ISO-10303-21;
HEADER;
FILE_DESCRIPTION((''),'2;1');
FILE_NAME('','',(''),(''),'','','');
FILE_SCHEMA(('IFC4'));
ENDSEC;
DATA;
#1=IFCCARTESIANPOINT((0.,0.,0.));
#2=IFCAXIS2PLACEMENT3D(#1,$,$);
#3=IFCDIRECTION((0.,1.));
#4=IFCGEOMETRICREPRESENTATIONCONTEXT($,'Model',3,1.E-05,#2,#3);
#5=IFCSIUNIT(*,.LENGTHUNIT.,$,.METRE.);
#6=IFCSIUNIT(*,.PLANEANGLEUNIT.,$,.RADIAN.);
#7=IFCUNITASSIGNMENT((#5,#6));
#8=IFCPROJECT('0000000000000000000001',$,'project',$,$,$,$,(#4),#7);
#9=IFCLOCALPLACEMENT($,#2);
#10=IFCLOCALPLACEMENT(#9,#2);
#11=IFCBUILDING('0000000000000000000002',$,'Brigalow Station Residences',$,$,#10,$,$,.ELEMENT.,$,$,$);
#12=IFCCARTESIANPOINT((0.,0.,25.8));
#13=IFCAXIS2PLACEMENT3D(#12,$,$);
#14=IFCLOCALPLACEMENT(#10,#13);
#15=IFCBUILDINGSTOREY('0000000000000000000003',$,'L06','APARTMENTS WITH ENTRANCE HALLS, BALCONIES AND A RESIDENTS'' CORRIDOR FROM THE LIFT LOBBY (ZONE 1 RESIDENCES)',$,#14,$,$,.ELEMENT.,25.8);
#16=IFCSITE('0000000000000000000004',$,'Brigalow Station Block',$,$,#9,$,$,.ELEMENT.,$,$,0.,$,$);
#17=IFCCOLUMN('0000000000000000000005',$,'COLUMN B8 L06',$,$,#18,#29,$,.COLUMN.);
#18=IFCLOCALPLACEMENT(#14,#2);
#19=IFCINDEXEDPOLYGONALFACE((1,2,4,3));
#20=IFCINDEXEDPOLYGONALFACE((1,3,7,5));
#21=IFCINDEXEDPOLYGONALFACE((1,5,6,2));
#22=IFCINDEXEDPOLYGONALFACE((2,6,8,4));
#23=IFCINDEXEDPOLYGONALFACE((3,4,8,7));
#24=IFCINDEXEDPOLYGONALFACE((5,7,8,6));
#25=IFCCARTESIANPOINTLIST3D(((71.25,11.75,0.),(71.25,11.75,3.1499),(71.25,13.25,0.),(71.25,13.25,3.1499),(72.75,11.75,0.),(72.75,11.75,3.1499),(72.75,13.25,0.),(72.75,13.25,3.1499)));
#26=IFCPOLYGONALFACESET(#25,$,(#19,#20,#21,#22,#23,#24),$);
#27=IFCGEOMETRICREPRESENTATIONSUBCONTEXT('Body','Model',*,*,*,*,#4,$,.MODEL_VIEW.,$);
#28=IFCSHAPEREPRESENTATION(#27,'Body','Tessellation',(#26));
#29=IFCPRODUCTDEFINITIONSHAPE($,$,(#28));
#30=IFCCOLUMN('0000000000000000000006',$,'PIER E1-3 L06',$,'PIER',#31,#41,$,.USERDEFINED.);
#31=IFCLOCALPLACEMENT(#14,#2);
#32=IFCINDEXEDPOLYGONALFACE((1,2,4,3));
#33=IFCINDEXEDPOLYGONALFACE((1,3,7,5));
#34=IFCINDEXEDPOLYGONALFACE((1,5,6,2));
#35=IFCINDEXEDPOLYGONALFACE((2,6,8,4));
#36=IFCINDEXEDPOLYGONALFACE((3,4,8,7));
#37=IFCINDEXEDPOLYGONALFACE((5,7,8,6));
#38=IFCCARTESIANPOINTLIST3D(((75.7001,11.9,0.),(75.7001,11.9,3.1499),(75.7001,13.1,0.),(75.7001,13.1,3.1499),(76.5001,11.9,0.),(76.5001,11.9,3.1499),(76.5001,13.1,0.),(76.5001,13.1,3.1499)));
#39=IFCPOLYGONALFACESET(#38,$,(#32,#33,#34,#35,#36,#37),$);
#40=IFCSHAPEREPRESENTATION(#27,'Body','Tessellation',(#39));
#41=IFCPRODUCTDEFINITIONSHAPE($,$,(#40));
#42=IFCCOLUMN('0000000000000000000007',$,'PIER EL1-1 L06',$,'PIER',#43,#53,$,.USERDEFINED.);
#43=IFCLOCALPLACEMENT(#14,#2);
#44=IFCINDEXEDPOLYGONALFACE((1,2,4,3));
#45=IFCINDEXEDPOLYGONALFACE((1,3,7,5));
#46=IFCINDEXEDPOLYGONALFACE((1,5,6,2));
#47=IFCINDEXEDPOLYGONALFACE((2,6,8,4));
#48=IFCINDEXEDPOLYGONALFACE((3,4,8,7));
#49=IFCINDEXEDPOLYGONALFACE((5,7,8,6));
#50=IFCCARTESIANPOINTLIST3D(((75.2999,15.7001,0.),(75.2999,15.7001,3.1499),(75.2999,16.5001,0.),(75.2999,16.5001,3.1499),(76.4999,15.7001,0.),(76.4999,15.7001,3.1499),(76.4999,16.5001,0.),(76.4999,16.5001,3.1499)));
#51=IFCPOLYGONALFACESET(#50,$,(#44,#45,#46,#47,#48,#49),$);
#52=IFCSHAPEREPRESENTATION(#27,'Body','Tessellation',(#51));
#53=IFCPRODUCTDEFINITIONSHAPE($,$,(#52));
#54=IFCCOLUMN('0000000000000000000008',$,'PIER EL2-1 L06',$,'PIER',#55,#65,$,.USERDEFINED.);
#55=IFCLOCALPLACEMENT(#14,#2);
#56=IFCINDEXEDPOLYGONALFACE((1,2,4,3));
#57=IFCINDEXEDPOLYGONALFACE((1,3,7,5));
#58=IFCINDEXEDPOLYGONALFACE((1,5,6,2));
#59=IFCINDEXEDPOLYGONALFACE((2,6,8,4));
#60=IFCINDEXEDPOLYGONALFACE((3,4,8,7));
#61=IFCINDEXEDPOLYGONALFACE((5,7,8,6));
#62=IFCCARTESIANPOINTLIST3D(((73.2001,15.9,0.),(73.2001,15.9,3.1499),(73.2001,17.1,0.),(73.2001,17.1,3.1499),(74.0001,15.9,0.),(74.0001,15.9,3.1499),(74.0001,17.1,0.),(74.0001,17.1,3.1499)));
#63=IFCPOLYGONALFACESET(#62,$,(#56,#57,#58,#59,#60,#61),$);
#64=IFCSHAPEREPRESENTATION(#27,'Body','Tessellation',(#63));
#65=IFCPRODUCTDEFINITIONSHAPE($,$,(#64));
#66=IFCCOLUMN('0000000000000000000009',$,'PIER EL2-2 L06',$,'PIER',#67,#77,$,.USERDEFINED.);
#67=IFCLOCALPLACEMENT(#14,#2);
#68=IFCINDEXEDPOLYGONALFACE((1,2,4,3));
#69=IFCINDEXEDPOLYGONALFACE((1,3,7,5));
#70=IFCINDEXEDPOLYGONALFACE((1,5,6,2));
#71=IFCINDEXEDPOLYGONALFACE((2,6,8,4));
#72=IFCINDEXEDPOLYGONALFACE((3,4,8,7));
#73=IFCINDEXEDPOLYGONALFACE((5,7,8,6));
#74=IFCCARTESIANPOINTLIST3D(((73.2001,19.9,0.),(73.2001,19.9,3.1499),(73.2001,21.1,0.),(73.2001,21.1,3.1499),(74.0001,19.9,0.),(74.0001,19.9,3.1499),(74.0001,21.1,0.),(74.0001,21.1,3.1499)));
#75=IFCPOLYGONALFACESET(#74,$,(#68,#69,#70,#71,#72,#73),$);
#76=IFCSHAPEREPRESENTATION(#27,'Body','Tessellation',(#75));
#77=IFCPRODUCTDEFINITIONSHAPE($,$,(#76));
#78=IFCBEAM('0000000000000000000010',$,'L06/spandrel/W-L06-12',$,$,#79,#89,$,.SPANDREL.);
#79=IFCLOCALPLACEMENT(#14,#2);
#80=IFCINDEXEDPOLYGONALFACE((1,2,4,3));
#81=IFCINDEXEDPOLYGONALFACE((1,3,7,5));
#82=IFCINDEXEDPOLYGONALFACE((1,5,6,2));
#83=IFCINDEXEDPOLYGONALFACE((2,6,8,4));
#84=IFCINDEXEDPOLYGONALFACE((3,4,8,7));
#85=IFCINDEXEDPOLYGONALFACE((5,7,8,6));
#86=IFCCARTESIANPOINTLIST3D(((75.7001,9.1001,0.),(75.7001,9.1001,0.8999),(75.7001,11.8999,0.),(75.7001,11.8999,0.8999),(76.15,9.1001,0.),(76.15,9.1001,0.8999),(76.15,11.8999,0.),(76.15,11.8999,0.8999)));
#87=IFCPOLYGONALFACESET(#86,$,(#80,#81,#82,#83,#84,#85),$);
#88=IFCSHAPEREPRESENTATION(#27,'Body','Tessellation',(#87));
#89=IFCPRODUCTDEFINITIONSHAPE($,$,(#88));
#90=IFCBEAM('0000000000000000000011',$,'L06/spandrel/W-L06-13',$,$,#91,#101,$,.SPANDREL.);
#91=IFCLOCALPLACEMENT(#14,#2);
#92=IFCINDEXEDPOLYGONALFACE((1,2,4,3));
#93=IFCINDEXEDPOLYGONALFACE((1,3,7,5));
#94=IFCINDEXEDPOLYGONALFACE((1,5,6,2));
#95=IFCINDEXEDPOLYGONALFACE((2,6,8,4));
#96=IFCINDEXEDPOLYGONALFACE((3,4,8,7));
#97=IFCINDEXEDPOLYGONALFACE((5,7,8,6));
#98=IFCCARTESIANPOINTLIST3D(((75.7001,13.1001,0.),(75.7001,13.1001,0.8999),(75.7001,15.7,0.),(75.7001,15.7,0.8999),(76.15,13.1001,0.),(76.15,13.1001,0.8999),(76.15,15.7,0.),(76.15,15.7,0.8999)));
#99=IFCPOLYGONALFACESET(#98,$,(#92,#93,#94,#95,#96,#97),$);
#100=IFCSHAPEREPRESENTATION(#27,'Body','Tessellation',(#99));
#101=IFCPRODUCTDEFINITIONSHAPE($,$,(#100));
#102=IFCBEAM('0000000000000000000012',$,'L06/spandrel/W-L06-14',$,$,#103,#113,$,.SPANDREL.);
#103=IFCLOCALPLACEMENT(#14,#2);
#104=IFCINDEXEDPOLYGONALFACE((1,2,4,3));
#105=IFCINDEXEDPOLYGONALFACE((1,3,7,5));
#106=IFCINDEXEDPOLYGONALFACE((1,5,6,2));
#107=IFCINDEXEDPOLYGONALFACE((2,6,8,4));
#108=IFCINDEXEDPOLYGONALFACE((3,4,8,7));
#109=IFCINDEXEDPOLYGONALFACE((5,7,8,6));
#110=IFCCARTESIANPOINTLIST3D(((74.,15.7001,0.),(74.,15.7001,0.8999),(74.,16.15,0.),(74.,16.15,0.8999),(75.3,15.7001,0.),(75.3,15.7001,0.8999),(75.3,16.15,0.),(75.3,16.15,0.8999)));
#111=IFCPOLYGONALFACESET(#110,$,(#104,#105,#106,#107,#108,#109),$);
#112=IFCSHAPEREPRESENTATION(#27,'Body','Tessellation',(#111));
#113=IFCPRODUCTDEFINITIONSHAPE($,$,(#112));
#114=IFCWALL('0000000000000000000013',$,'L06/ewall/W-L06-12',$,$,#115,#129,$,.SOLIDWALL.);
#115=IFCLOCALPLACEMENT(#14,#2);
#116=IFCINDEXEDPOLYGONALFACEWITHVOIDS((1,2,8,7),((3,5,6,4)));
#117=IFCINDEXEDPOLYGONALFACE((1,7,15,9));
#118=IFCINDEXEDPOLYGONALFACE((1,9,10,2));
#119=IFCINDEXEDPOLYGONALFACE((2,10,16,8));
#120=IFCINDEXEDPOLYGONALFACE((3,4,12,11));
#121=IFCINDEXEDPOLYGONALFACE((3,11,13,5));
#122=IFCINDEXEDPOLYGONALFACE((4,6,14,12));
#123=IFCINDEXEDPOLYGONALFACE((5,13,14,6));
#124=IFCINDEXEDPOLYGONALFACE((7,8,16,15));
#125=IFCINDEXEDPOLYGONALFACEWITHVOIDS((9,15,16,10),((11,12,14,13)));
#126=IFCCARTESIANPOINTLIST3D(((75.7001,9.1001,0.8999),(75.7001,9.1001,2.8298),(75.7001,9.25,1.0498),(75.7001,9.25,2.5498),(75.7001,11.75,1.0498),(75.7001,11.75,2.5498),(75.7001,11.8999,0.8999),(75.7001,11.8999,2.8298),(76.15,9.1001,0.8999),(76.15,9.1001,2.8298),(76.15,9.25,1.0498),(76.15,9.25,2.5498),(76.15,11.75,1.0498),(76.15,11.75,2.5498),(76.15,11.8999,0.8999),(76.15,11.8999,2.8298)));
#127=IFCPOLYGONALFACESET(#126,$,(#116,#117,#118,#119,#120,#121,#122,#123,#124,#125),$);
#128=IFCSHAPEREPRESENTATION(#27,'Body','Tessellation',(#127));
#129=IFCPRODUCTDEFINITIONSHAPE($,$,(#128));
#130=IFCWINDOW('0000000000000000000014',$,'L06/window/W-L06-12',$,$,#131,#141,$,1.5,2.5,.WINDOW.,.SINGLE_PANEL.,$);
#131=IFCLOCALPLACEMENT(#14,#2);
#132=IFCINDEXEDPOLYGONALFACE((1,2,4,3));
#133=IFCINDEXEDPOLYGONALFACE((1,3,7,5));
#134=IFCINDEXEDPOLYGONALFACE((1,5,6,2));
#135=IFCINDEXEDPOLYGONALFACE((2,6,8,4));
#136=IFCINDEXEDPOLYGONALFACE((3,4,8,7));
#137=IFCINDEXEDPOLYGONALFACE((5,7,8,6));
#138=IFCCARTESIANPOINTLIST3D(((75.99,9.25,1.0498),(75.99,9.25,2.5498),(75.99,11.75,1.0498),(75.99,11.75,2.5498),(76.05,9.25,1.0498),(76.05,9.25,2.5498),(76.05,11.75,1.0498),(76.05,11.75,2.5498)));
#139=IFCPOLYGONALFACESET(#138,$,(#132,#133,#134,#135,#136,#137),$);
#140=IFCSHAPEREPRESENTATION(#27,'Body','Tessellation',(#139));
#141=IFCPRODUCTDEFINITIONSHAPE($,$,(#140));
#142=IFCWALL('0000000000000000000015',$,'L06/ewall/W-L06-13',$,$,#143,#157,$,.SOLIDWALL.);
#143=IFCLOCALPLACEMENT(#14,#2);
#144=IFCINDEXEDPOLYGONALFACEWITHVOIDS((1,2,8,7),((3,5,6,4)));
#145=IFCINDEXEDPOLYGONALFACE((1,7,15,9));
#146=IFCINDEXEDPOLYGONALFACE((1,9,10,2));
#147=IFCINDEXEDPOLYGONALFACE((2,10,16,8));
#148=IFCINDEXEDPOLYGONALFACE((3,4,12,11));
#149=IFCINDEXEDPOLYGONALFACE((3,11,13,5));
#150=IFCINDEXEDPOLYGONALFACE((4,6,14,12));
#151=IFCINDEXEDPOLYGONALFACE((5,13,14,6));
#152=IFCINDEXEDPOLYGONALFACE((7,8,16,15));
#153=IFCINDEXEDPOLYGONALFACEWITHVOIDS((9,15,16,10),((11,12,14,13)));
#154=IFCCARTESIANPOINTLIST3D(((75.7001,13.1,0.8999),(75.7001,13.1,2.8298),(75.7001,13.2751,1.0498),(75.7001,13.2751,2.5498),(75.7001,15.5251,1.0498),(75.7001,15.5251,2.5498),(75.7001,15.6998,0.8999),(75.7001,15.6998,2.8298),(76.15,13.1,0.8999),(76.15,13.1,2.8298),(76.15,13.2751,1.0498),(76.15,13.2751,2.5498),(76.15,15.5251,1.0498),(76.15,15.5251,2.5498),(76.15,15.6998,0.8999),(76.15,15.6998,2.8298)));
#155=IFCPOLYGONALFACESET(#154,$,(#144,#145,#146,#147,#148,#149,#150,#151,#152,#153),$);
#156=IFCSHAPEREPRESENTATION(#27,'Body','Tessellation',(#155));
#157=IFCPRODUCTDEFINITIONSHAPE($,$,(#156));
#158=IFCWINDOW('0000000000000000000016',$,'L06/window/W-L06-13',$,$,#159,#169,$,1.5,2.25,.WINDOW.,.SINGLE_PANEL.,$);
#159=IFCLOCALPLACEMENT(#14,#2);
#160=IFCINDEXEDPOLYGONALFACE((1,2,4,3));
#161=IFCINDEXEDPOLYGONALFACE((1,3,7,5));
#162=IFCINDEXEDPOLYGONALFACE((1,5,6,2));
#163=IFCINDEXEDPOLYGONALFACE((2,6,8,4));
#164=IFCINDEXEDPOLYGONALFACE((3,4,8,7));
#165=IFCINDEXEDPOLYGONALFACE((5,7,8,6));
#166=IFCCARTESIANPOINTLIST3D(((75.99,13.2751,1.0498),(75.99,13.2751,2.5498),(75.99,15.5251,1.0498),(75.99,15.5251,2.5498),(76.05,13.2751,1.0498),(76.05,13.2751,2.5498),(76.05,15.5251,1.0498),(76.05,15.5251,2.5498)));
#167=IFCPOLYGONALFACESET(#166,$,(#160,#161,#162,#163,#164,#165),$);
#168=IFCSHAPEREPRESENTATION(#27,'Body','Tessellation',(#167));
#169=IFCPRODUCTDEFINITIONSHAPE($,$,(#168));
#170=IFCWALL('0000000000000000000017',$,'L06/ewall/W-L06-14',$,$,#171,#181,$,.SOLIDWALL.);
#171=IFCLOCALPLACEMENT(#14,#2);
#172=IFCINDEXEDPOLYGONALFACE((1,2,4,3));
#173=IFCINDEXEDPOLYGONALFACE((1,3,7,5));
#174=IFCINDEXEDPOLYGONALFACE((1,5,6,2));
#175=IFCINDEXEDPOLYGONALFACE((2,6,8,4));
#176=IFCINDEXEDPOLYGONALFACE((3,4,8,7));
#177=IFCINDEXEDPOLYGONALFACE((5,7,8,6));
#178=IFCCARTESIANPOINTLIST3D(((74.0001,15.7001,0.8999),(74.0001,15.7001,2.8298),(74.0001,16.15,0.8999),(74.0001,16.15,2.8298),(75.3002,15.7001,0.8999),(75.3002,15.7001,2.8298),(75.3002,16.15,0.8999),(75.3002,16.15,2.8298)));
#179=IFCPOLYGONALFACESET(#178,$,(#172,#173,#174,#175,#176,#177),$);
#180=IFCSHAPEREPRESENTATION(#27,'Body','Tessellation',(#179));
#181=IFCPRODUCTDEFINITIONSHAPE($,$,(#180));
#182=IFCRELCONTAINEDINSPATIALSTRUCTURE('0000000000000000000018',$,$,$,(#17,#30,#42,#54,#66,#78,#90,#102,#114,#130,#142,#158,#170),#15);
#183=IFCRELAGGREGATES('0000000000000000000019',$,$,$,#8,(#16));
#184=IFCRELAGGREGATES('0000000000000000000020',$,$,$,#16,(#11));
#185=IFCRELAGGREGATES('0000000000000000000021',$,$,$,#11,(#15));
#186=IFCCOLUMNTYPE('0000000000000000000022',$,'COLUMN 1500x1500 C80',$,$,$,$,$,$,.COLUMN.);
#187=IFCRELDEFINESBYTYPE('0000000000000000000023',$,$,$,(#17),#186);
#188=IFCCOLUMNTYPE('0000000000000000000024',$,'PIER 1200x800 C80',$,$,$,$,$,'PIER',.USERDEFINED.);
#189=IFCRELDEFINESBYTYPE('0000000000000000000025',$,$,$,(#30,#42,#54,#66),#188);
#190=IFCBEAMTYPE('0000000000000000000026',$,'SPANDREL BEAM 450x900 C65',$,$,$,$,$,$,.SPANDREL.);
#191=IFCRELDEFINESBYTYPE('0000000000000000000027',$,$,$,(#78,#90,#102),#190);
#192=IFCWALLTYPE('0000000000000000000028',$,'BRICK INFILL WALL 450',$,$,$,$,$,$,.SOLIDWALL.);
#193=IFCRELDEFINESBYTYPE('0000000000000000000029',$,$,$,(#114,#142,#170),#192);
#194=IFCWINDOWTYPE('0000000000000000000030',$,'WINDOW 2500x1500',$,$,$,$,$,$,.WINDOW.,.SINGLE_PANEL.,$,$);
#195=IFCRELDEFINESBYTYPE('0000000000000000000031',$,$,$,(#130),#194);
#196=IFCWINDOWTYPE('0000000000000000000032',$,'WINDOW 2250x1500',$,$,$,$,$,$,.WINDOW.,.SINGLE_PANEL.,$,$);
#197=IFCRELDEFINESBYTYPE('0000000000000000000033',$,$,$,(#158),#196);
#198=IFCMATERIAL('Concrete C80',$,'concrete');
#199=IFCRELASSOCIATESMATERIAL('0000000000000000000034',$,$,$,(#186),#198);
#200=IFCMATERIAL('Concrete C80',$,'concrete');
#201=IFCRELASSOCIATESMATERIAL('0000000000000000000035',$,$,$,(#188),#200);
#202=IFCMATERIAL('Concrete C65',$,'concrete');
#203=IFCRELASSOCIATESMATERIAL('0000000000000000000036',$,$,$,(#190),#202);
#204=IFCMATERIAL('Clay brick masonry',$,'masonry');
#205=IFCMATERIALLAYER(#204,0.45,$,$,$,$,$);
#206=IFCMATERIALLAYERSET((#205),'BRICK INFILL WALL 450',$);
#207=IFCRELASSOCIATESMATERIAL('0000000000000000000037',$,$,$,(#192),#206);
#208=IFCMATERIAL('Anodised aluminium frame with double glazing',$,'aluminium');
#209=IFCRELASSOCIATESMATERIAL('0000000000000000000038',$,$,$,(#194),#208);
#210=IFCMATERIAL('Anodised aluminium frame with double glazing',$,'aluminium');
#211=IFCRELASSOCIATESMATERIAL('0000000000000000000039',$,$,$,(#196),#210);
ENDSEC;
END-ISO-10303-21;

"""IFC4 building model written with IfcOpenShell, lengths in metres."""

from ifc_helpers import new_model, si_unit, direction, frame, frame_2d, origin, origin_2d, place, context, subcontext, project, spatial, rectangle, extrude, material, layer, layer_set, material_profile, profile_set, type_object, element, fill, save


model = new_model("IFC4")

# Units and contexts
model_context = context("Model", 3, precision=1e-05, world=origin(), true_north=direction((0.0, 1.0)))
body_context = subcontext(model_context, "Body", "Model", "MODEL_VIEW")
ifc_project = project(units=[si_unit("LENGTHUNIT", "METRE"), si_unit("PLANEANGLEUNIT", "RADIAN")], contexts=[model_context])

# Site, building, storey
site_placement = place(None, origin())
site = spatial("IfcSite", under=ifc_project, at=site_placement, Name="Brigalow Station Block", CompositionType="ELEMENT", RefElevation=0.0)
building_placement = place(site_placement, origin())
building = spatial("IfcBuilding", under=site, at=building_placement, Name="Brigalow Station Residences", CompositionType="ELEMENT")
storey_placement = place(building_placement, frame((0.0, 0.0, 25.8)))
storey = spatial("IfcBuildingStorey", under=building, at=storey_placement, Name="L06", Description="APARTMENTS WITH ENTRANCE HALLS, BALCONIES AND A RESIDENTS' CORRIDOR FROM THE LIFT LOBBY (ZONE 1 RESIDENCES)", CompositionType="ELEMENT", Elevation=25.8)

# Columns
ifc_material_1 = material(Name="Concrete C80", Category="concrete")
ifc_material_profile_1 = material_profile(ifc_material_1, rectangle(XDim=1.5, YDim=1.5, at=origin_2d()), Name="RC1500x1500")
ifc_profile_set_1 = profile_set([ifc_material_profile_1], Name="Concrete C80")
column_type_1 = type_object("IfcColumnType", Name="COLUMN 1500x1500 C80", PredefinedType="COLUMN", material=ifc_profile_set_1)
column_placement = place(storey_placement, frame((72.0, 12.5, 0.0), z_axis=(0.0, 0.0, 1.0), x_axis=(1.0, 0.0, 0.0)))
element("IfcColumn", 1, at=column_placement, inside=storey, type_object=column_type_1, Name="COLUMN B8 L06", PredefinedType="COLUMN", context=body_context, shape_type="SweptSolid", body=[
    extrude(rectangle(XDim=1.5, YDim=1.5, at=origin_2d()), origin(), (0.0, 0.0, 1.0), 3.1499),
])
ifc_material_2 = material(Name="Concrete C80", Category="concrete")
ifc_material_profile_2 = material_profile(ifc_material_2, rectangle(XDim=1.2, YDim=0.8, at=origin_2d()), Name="RC1200x800")
ifc_profile_set_2 = profile_set([ifc_material_profile_2], Name="Concrete C80")
column_type_2 = type_object("IfcColumnType", Name="PIER 1200x800 C80", ElementType="PIER", PredefinedType="USERDEFINED", material=ifc_profile_set_2)
for number, where, z_axis, x_axis, name in (
    (2, (76.1001, 12.5, 0.0), (0.0, 0.0, 1.0), (0.0, 1.0, 0.0), "PIER E1-3 L06"),
    (3, (75.8999, 16.1001, 0.0), (0.0, 0.0, 1.0), (-1.0, 0.0, 0.0), "PIER EL1-1 L06"),
    (4, (73.6001, 16.5, 0.0), (0.0, 0.0, 1.0), (0.0, 1.0, 0.0), "PIER EL2-1 L06"),
    (5, (73.6001, 20.5, 0.0), (0.0, 0.0, 1.0), (0.0, 1.0, 0.0), "PIER EL2-2 L06"),
):
    element("IfcColumn", number, at=place(storey_placement, frame(where, z_axis=z_axis, x_axis=x_axis)), inside=storey, type_object=column_type_2, Name=name, ObjectType="PIER", PredefinedType="USERDEFINED", context=body_context, shape_type="SweptSolid", body=[
        extrude(rectangle(XDim=1.2, YDim=0.8, at=origin_2d()), origin(), (0.0, 0.0, 1.0), 3.1499),
    ])

# Beams
ifc_material_3 = material(Name="Concrete C65", Category="concrete")
ifc_material_profile_3 = material_profile(ifc_material_3, rectangle(XDim=0.45, YDim=0.8999, at=origin_2d()), Name="RC450x900")
ifc_profile_set_3 = profile_set([ifc_material_profile_3], Name="Concrete C65")
beam_type = type_object("IfcBeamType", Name="SPANDREL BEAM 450x900 C65", PredefinedType="SPANDREL", material=ifc_profile_set_3)
beam_1_placement = place(storey_placement, frame((75.925, 9.1001, 0.45), z_axis=(0.0, 1.0, 0.0), x_axis=(-1.0, 0.0, 0.0)))
element("IfcBeam", 6, at=beam_1_placement, inside=storey, type_object=beam_type, Name="L06/spandrel/W-L06-12", PredefinedType="SPANDREL", context=body_context, shape_type="SweptSolid", body=[
    extrude(rectangle(XDim=0.45, YDim=0.8999, at=origin_2d()), origin(), (0.0, 0.0, 1.0), 2.7998),
])
beam_2_placement = place(storey_placement, frame((75.925, 13.1001, 0.45), z_axis=(0.0, 1.0, 0.0), x_axis=(-1.0, 0.0, 0.0)))
element("IfcBeam", 7, at=beam_2_placement, inside=storey, type_object=beam_type, Name="L06/spandrel/W-L06-13", PredefinedType="SPANDREL", context=body_context, shape_type="SweptSolid", body=[
    extrude(rectangle(XDim=0.45, YDim=0.8999, at=origin_2d()), origin(), (0.0, 0.0, 1.0), 2.5999),
])
beam_3_placement = place(storey_placement, frame((75.3, 15.925, 0.45), z_axis=(-1.0, 0.0, 0.0), x_axis=(0.0, -1.0, 0.0)))
element("IfcBeam", 8, at=beam_3_placement, inside=storey, type_object=beam_type, Name="L06/spandrel/W-L06-14", PredefinedType="SPANDREL", context=body_context, shape_type="SweptSolid", body=[
    extrude(rectangle(XDim=0.45, YDim=0.8999, at=origin_2d()), origin(), (0.0, 0.0, 1.0), 1.3),
])

# Walls, openings, windows
ifc_material_4 = material(Name="Clay brick masonry", Category="masonry")
ifc_layer = layer(ifc_material_4, 0.45)
ifc_layer_set = layer_set([ifc_layer], Name="BRICK INFILL WALL 450")
wall_type = type_object("IfcWallType", Name="BRICK INFILL WALL 450", PredefinedType="SOLIDWALL", material=ifc_layer_set)
wall_1_placement = place(storey_placement, frame((75.925, 9.1001, 0.8999), z_axis=(0.0, 0.0, 1.0), x_axis=(0.0, 1.0, 0.0)))
wall_1 = element("IfcWall", 9, at=wall_1_placement, inside=storey, type_object=wall_type, Name="L06/ewall/W-L06-12", PredefinedType="SOLIDWALL", context=body_context, shape_type="SweptSolid", body=[
    extrude(rectangle(XDim=2.7998, YDim=0.45, at=frame_2d((1.3999, 0.0))), origin(), (0.0, 0.0, 1.0), 1.9299),
])
opening_1_placement = place(wall_1_placement, frame((0.1499, 0.0, 0.1499)))
opening_1 = element("IfcOpeningElement", 10, at=opening_1_placement, cuts=wall_1, PredefinedType="OPENING", context=body_context, shape_type="SweptSolid", body=[
    extrude(rectangle(XDim=2.5, YDim=1.5, at=frame_2d((1.25, 0.75))), frame((0.0, 0.2349, 0.0), z_axis=(0.0, -1.0, 0.0), x_axis=(1.0, 0.0, 0.0)), (0.0, 0.0, 1.0), 0.47),
])
ifc_material_5 = material(Name="Anodised aluminium frame with double glazing", Category="aluminium")
window_type_1 = type_object("IfcWindowType", Name="WINDOW 2500x1500", PartitioningType="SINGLE_PANEL", PredefinedType="WINDOW", material=ifc_material_5)
window_1_placement = place(opening_1_placement, origin())
window_1 = element("IfcWindow", 11, at=window_1_placement, inside=storey, type_object=window_type_1, Name="L06/window/W-L06-12", OverallHeight=1.5, OverallWidth=2.5, PartitioningType="SINGLE_PANEL", PredefinedType="WINDOW", context=body_context, shape_type="SweptSolid", body=[
    extrude(rectangle(XDim=2.5, YDim=1.5, at=frame_2d((1.25, 0.75))), frame((0.0, -0.0649, 0.0), z_axis=(0.0, -1.0, 0.0), x_axis=(1.0, 0.0, 0.0)), (0.0, 0.0, 1.0), 0.0601),
])
fill(opening_1, window_1)
wall_2_placement = place(storey_placement, frame((75.925, 13.1001, 0.8999), z_axis=(0.0, 0.0, 1.0), x_axis=(0.0, 1.0, 0.0)))
wall_2 = element("IfcWall", 12, at=wall_2_placement, inside=storey, type_object=wall_type, Name="L06/ewall/W-L06-13", PredefinedType="SOLIDWALL", context=body_context, shape_type="SweptSolid", body=[
    extrude(rectangle(XDim=2.5999, YDim=0.45, at=frame_2d((1.2998, 0.0))), origin(), (0.0, 0.0, 1.0), 1.9299),
])
opening_2_placement = place(wall_2_placement, frame((0.175, 0.0, 0.1499)))
opening_2 = element("IfcOpeningElement", 13, at=opening_2_placement, cuts=wall_2, PredefinedType="OPENING", context=body_context, shape_type="SweptSolid", body=[
    extrude(rectangle(XDim=2.25, YDim=1.5, at=frame_2d((1.125, 0.75))), frame((0.0, 0.2349, 0.0), z_axis=(0.0, -1.0, 0.0), x_axis=(1.0, 0.0, 0.0)), (0.0, 0.0, 1.0), 0.47),
])
ifc_material_6 = material(Name="Anodised aluminium frame with double glazing", Category="aluminium")
window_type_2 = type_object("IfcWindowType", Name="WINDOW 2250x1500", PartitioningType="SINGLE_PANEL", PredefinedType="WINDOW", material=ifc_material_6)
window_2_placement = place(opening_2_placement, origin())
window_2 = element("IfcWindow", 14, at=window_2_placement, inside=storey, type_object=window_type_2, Name="L06/window/W-L06-13", OverallHeight=1.5, OverallWidth=2.25, PartitioningType="SINGLE_PANEL", PredefinedType="WINDOW", context=body_context, shape_type="SweptSolid", body=[
    extrude(rectangle(XDim=2.25, YDim=1.5, at=frame_2d((1.125, 0.75))), frame((0.0, -0.0649, 0.0), z_axis=(0.0, -1.0, 0.0), x_axis=(1.0, 0.0, 0.0)), (0.0, 0.0, 1.0), 0.0601),
])
fill(opening_2, window_2)

# Wall
wall_3_placement = place(storey_placement, frame((75.3, 15.925, 0.8999), z_axis=(0.0, 0.0, 1.0), x_axis=(-1.0, 0.0, 0.0)))
element("IfcWall", 15, at=wall_3_placement, inside=storey, type_object=wall_type, Name="L06/ewall/W-L06-14", PredefinedType="SOLIDWALL", context=body_context, shape_type="SweptSolid", body=[
    extrude(rectangle(XDim=1.3, YDim=0.45, at=frame_2d((0.6499, 0.0))), origin(), (0.0, 0.0, 1.0), 1.9299),
])

save(model, "model.ifc")
